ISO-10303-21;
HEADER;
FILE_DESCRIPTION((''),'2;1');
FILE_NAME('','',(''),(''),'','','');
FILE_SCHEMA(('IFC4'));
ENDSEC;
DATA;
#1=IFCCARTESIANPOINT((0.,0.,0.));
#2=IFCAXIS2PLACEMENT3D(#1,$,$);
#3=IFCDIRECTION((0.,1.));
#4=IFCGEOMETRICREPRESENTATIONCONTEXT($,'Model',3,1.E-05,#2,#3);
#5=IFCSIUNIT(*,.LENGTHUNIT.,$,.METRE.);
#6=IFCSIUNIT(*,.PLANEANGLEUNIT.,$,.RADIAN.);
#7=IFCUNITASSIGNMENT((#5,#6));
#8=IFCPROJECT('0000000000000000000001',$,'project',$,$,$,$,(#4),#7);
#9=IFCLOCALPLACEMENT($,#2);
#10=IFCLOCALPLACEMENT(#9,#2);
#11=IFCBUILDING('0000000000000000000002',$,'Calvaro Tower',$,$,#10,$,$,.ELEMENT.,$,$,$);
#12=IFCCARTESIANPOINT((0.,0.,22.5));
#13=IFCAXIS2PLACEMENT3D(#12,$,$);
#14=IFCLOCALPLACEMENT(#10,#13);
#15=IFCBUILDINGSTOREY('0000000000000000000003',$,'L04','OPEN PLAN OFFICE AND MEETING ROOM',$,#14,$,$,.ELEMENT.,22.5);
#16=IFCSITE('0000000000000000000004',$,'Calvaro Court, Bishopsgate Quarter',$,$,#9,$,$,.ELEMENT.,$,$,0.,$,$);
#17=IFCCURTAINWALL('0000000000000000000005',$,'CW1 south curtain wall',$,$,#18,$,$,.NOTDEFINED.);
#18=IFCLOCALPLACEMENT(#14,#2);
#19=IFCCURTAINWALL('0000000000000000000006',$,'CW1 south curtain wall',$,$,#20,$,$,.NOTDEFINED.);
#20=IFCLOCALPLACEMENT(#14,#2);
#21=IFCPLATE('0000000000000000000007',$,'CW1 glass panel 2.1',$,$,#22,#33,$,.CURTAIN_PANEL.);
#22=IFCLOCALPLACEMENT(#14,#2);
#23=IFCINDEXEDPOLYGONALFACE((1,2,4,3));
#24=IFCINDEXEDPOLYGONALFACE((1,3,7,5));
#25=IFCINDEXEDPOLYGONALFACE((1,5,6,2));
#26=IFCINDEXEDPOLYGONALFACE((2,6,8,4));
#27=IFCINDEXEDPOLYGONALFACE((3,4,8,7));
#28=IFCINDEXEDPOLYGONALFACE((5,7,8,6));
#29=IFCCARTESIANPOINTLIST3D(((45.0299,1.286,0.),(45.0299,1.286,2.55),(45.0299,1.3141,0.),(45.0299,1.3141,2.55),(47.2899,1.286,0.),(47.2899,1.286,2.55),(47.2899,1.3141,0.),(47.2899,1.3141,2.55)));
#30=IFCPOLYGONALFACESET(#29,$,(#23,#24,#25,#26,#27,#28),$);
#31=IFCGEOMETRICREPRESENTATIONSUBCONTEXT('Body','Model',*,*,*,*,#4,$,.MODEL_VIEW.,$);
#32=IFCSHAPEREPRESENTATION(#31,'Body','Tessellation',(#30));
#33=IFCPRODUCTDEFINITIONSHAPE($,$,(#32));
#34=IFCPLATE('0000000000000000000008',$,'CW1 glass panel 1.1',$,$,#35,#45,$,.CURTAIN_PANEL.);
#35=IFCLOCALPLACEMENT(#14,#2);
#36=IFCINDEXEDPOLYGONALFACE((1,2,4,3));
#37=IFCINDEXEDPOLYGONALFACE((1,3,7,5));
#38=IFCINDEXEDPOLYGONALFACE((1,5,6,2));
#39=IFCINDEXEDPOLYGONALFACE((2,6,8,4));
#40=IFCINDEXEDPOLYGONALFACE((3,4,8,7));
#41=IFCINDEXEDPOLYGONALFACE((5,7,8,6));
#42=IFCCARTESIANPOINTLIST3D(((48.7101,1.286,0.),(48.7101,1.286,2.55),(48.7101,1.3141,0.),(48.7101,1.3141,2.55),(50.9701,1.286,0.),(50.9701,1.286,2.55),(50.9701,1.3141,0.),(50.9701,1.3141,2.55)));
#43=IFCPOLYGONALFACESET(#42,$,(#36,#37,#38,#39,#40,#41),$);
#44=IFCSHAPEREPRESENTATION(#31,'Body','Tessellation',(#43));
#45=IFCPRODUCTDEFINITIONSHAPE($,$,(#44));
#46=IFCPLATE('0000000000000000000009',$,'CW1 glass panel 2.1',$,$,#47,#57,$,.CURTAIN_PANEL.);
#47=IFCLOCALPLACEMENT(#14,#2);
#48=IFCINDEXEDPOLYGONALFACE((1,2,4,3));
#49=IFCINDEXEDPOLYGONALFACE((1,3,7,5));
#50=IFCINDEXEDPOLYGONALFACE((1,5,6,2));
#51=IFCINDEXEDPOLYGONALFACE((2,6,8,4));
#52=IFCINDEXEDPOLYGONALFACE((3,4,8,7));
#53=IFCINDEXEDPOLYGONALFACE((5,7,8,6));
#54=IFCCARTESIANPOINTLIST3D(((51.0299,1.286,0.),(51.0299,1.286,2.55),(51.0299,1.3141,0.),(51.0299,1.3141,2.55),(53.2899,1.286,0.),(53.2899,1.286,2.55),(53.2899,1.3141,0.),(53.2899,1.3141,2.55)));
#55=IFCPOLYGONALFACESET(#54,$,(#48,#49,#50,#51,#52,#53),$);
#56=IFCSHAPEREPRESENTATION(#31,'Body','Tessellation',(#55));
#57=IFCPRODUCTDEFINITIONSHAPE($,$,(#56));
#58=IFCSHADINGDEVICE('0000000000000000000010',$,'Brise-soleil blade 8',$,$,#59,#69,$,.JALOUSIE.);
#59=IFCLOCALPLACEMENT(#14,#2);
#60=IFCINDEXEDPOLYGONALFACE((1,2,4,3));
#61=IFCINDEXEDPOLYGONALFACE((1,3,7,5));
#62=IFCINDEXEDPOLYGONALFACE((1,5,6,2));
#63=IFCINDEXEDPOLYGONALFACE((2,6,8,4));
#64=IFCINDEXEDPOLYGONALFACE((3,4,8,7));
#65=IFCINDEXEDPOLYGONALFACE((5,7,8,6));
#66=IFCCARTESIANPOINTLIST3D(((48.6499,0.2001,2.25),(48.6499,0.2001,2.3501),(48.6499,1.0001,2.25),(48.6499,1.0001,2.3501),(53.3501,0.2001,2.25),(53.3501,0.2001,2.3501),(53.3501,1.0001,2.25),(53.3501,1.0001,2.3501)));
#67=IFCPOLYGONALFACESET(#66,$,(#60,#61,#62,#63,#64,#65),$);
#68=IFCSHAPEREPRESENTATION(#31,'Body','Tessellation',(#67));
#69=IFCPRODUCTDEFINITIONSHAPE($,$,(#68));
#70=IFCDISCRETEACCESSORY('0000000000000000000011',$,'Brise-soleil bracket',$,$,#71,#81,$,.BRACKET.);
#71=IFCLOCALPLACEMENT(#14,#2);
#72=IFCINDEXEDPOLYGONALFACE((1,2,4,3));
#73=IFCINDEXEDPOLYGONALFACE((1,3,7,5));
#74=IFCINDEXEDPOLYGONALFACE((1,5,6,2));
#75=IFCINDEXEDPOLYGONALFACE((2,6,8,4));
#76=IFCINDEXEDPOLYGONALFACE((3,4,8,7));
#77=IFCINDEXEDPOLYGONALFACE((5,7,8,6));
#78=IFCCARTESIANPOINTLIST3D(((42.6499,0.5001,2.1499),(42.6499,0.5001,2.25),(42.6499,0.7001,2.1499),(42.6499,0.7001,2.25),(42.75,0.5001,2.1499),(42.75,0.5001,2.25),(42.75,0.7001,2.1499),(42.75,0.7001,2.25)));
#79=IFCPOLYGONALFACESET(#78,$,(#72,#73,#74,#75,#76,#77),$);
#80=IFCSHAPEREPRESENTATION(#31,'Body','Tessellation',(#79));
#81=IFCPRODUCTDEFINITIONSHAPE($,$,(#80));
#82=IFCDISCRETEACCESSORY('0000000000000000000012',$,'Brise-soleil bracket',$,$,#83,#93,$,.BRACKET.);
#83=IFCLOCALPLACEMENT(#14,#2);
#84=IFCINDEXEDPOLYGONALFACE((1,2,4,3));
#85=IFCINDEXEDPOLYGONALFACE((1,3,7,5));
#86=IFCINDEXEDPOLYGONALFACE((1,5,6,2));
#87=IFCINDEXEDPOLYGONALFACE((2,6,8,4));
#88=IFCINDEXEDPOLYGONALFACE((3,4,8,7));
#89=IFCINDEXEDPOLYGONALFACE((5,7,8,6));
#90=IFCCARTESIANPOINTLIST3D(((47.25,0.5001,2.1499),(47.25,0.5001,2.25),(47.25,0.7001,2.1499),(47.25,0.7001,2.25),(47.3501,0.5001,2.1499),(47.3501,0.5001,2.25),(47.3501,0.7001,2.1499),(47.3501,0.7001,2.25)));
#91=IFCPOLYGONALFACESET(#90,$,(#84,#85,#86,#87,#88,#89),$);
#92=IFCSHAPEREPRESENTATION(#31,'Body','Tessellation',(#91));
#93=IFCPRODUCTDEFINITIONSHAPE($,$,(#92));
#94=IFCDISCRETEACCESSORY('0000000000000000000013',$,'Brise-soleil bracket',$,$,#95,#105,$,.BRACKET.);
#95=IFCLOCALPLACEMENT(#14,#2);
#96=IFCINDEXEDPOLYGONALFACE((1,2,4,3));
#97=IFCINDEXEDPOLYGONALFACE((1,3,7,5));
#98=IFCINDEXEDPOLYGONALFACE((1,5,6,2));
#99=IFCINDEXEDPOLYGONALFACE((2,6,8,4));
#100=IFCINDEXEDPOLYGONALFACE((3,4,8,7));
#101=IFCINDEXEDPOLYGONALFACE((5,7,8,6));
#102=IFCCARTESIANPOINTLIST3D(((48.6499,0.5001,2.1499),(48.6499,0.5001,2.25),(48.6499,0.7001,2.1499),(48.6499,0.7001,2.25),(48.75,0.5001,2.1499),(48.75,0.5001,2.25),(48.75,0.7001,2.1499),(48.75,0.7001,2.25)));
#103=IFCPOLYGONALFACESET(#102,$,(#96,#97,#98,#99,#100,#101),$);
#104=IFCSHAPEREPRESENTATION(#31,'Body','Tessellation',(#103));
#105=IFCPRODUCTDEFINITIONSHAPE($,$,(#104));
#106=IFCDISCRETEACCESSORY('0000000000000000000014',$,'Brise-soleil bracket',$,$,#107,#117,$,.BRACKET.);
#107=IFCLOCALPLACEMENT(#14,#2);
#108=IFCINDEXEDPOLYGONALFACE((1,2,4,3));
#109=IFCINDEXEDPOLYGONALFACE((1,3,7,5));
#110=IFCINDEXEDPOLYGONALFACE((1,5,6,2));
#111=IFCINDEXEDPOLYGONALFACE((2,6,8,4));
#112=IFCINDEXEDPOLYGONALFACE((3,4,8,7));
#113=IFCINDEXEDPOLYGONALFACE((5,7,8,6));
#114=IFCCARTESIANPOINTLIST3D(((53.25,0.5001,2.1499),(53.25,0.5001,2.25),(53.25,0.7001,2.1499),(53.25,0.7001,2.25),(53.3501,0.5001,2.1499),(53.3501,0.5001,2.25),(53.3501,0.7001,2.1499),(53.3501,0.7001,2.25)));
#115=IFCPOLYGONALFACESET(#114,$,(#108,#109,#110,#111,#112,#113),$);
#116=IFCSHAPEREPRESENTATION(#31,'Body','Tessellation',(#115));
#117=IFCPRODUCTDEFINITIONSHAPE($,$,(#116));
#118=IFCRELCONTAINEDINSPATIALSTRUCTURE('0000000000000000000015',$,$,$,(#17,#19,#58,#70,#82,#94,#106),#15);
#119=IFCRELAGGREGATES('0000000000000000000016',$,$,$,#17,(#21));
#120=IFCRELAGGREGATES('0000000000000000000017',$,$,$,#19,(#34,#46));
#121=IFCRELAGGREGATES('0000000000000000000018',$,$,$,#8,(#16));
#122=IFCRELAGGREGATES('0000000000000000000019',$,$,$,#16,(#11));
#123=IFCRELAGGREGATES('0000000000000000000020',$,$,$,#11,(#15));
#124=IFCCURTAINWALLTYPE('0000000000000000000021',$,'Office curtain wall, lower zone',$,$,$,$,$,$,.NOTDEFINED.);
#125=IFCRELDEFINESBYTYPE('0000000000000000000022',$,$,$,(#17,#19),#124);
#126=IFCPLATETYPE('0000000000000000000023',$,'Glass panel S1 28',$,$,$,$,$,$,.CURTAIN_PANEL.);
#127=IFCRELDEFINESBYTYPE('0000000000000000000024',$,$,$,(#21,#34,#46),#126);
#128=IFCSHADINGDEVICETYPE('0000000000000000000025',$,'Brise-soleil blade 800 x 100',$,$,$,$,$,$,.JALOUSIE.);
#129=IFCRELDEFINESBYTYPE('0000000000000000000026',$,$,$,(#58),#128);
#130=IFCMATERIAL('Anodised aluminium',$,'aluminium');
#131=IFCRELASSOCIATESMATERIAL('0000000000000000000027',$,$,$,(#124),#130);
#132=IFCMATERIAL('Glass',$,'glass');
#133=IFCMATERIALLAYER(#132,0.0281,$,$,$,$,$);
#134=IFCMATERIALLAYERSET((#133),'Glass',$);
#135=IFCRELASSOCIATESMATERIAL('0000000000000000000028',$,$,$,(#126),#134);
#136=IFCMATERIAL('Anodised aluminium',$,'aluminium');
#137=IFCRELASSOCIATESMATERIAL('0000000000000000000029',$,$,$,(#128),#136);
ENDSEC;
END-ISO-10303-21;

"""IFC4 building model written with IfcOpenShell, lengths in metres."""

from ifc_helpers import new_model, si_unit, direction, frame, origin, origin_2d, place, context, subcontext, project, spatial, rectangle, extrude, material, layer, layer_set, material_profile, profile_set, type_object, element, aggregate, save


model = new_model("IFC4")

# Units and contexts
model_context = context("Model", 3, precision=1e-05, world=origin(), true_north=direction((0.0, 1.0)))
body_context = subcontext(model_context, "Body", "Model", "MODEL_VIEW")
ifc_project = project(units=[si_unit("LENGTHUNIT", "METRE"), si_unit("PLANEANGLEUNIT", "RADIAN")], contexts=[model_context])

# Site, building, storey
site_placement = place(None, origin())
site = spatial("IfcSite", under=ifc_project, at=site_placement, Name="Calvaro Court, Bishopsgate Quarter", CompositionType="ELEMENT", RefElevation=0.0)
building_placement = place(site_placement, origin())
building = spatial("IfcBuilding", under=site, at=building_placement, Name="Calvaro Tower", CompositionType="ELEMENT")
storey_placement = place(building_placement, frame((0.0, 0.0, 22.5)))
storey = spatial("IfcBuildingStorey", under=building, at=storey_placement, Name="L04", Description="OPEN PLAN OFFICE AND MEETING ROOM", CompositionType="ELEMENT", Elevation=22.5)

# Curtain walls
ifc_material_1 = material(Name="Anodised aluminium", Category="aluminium")
curtain_wall_type = type_object("IfcCurtainWallType", Name="Office curtain wall, lower zone", PredefinedType="NOTDEFINED", material=ifc_material_1)
curtain_wall_1_placement = place(storey_placement, origin())
curtain_wall_1 = element("IfcCurtainWall", 1, at=curtain_wall_1_placement, inside=storey, type_object=curtain_wall_type, Name="CW1 south curtain wall", PredefinedType="NOTDEFINED")
curtain_wall_2_placement = place(storey_placement, origin())
curtain_wall_2 = element("IfcCurtainWall", 2, at=curtain_wall_2_placement, inside=storey, type_object=curtain_wall_type, Name="CW1 south curtain wall", PredefinedType="NOTDEFINED")

# Plates
ifc_material_2 = material(Name="Glass", Category="glass")
ifc_layer = layer(ifc_material_2, 0.0281)
ifc_layer_set = layer_set([ifc_layer], Name="Glass")
plate_type = type_object("IfcPlateType", Name="Glass panel S1 28", PredefinedType="CURTAIN_PANEL", material=ifc_layer_set)
plate_1_placement = place(storey_placement, frame((46.1599, 1.3, 0.0), z_axis=(0.0, 0.0, 1.0), x_axis=(1.0, 0.0, 0.0)))
plate_1 = element("IfcPlate", 3, at=plate_1_placement, type_object=plate_type, Name="CW1 glass panel 2.1", PredefinedType="CURTAIN_PANEL", context=body_context, shape_type="SweptSolid", body=[
    extrude(rectangle(XDim=2.26, YDim=0.0281, at=origin_2d()), origin(), (0.0, 0.0, 1.0), 2.55),
])
aggregate(curtain_wall_1, [plate_1])
plate_2_placement = place(storey_placement, frame((49.8401, 1.3, 0.0), z_axis=(0.0, 0.0, 1.0), x_axis=(1.0, 0.0, 0.0)))
plate_2 = element("IfcPlate", 4, at=plate_2_placement, type_object=plate_type, Name="CW1 glass panel 1.1", PredefinedType="CURTAIN_PANEL", context=body_context, shape_type="SweptSolid", body=[
    extrude(rectangle(XDim=2.26, YDim=0.0281, at=origin_2d()), origin(), (0.0, 0.0, 1.0), 2.55),
])
plate_3_placement = place(storey_placement, frame((52.1599, 1.3, 0.0), z_axis=(0.0, 0.0, 1.0), x_axis=(1.0, 0.0, 0.0)))
plate_3 = element("IfcPlate", 5, at=plate_3_placement, type_object=plate_type, Name="CW1 glass panel 2.1", PredefinedType="CURTAIN_PANEL", context=body_context, shape_type="SweptSolid", body=[
    extrude(rectangle(XDim=2.26, YDim=0.0281, at=origin_2d()), origin(), (0.0, 0.0, 1.0), 2.55),
])
aggregate(curtain_wall_2, [plate_2, plate_3])

# Shading device
ifc_material_3 = material(Name="Anodised aluminium", Category="aluminium")
ifc_material_profile_1 = material_profile(ifc_material_3, rectangle(XDim=0.8, YDim=0.1001, at=origin_2d()), Name="Brise-soleil blade 800 x 100")
ifc_profile_set_1 = profile_set([ifc_material_profile_1], Name="Anodised aluminium")
shading_device_type = type_object("IfcShadingDeviceType", Name="Brise-soleil blade 800 x 100", PredefinedType="JALOUSIE", material=ifc_profile_set_1)
shading_device_placement = place(storey_placement, frame((48.6499, 0.6001, 2.3), z_axis=(1.0, 0.0, 0.0), x_axis=(0.0, 1.0, 0.0)))
element("IfcShadingDevice", 6, at=shading_device_placement, inside=storey, type_object=shading_device_type, Name="Brise-soleil blade 8", PredefinedType="JALOUSIE", context=body_context, shape_type="SweptSolid", body=[
    extrude(rectangle(XDim=0.8, YDim=0.1001, at=origin_2d()), origin(), (0.0, 0.0, 1.0), 4.7002),
])

# Discrete accessories
for number, where, z_axis, x_axis, name in (
    (7, (42.7, 0.6001, 2.1499), (0.0, 0.0, 1.0), (1.0, 0.0, 0.0), "Brise-soleil bracket"),
    (8, (47.3, 0.6001, 2.1499), (0.0, 0.0, 1.0), (1.0, 0.0, 0.0), "Brise-soleil bracket"),
    (9, (48.7, 0.6001, 2.1499), (0.0, 0.0, 1.0), (1.0, 0.0, 0.0), "Brise-soleil bracket"),
    (10, (53.3, 0.6001, 2.1499), (0.0, 0.0, 1.0), (1.0, 0.0, 0.0), "Brise-soleil bracket"),
):
    element("IfcDiscreteAccessory", number, at=place(storey_placement, frame(where, z_axis=z_axis, x_axis=x_axis)), inside=storey, Name=name, PredefinedType="BRACKET", context=body_context, shape_type="SweptSolid", body=[
        extrude(rectangle(XDim=0.1001, YDim=0.2, at=origin_2d()), origin(), (0.0, 0.0, 1.0), 0.1001),
    ])

save(model, "model.ifc")
